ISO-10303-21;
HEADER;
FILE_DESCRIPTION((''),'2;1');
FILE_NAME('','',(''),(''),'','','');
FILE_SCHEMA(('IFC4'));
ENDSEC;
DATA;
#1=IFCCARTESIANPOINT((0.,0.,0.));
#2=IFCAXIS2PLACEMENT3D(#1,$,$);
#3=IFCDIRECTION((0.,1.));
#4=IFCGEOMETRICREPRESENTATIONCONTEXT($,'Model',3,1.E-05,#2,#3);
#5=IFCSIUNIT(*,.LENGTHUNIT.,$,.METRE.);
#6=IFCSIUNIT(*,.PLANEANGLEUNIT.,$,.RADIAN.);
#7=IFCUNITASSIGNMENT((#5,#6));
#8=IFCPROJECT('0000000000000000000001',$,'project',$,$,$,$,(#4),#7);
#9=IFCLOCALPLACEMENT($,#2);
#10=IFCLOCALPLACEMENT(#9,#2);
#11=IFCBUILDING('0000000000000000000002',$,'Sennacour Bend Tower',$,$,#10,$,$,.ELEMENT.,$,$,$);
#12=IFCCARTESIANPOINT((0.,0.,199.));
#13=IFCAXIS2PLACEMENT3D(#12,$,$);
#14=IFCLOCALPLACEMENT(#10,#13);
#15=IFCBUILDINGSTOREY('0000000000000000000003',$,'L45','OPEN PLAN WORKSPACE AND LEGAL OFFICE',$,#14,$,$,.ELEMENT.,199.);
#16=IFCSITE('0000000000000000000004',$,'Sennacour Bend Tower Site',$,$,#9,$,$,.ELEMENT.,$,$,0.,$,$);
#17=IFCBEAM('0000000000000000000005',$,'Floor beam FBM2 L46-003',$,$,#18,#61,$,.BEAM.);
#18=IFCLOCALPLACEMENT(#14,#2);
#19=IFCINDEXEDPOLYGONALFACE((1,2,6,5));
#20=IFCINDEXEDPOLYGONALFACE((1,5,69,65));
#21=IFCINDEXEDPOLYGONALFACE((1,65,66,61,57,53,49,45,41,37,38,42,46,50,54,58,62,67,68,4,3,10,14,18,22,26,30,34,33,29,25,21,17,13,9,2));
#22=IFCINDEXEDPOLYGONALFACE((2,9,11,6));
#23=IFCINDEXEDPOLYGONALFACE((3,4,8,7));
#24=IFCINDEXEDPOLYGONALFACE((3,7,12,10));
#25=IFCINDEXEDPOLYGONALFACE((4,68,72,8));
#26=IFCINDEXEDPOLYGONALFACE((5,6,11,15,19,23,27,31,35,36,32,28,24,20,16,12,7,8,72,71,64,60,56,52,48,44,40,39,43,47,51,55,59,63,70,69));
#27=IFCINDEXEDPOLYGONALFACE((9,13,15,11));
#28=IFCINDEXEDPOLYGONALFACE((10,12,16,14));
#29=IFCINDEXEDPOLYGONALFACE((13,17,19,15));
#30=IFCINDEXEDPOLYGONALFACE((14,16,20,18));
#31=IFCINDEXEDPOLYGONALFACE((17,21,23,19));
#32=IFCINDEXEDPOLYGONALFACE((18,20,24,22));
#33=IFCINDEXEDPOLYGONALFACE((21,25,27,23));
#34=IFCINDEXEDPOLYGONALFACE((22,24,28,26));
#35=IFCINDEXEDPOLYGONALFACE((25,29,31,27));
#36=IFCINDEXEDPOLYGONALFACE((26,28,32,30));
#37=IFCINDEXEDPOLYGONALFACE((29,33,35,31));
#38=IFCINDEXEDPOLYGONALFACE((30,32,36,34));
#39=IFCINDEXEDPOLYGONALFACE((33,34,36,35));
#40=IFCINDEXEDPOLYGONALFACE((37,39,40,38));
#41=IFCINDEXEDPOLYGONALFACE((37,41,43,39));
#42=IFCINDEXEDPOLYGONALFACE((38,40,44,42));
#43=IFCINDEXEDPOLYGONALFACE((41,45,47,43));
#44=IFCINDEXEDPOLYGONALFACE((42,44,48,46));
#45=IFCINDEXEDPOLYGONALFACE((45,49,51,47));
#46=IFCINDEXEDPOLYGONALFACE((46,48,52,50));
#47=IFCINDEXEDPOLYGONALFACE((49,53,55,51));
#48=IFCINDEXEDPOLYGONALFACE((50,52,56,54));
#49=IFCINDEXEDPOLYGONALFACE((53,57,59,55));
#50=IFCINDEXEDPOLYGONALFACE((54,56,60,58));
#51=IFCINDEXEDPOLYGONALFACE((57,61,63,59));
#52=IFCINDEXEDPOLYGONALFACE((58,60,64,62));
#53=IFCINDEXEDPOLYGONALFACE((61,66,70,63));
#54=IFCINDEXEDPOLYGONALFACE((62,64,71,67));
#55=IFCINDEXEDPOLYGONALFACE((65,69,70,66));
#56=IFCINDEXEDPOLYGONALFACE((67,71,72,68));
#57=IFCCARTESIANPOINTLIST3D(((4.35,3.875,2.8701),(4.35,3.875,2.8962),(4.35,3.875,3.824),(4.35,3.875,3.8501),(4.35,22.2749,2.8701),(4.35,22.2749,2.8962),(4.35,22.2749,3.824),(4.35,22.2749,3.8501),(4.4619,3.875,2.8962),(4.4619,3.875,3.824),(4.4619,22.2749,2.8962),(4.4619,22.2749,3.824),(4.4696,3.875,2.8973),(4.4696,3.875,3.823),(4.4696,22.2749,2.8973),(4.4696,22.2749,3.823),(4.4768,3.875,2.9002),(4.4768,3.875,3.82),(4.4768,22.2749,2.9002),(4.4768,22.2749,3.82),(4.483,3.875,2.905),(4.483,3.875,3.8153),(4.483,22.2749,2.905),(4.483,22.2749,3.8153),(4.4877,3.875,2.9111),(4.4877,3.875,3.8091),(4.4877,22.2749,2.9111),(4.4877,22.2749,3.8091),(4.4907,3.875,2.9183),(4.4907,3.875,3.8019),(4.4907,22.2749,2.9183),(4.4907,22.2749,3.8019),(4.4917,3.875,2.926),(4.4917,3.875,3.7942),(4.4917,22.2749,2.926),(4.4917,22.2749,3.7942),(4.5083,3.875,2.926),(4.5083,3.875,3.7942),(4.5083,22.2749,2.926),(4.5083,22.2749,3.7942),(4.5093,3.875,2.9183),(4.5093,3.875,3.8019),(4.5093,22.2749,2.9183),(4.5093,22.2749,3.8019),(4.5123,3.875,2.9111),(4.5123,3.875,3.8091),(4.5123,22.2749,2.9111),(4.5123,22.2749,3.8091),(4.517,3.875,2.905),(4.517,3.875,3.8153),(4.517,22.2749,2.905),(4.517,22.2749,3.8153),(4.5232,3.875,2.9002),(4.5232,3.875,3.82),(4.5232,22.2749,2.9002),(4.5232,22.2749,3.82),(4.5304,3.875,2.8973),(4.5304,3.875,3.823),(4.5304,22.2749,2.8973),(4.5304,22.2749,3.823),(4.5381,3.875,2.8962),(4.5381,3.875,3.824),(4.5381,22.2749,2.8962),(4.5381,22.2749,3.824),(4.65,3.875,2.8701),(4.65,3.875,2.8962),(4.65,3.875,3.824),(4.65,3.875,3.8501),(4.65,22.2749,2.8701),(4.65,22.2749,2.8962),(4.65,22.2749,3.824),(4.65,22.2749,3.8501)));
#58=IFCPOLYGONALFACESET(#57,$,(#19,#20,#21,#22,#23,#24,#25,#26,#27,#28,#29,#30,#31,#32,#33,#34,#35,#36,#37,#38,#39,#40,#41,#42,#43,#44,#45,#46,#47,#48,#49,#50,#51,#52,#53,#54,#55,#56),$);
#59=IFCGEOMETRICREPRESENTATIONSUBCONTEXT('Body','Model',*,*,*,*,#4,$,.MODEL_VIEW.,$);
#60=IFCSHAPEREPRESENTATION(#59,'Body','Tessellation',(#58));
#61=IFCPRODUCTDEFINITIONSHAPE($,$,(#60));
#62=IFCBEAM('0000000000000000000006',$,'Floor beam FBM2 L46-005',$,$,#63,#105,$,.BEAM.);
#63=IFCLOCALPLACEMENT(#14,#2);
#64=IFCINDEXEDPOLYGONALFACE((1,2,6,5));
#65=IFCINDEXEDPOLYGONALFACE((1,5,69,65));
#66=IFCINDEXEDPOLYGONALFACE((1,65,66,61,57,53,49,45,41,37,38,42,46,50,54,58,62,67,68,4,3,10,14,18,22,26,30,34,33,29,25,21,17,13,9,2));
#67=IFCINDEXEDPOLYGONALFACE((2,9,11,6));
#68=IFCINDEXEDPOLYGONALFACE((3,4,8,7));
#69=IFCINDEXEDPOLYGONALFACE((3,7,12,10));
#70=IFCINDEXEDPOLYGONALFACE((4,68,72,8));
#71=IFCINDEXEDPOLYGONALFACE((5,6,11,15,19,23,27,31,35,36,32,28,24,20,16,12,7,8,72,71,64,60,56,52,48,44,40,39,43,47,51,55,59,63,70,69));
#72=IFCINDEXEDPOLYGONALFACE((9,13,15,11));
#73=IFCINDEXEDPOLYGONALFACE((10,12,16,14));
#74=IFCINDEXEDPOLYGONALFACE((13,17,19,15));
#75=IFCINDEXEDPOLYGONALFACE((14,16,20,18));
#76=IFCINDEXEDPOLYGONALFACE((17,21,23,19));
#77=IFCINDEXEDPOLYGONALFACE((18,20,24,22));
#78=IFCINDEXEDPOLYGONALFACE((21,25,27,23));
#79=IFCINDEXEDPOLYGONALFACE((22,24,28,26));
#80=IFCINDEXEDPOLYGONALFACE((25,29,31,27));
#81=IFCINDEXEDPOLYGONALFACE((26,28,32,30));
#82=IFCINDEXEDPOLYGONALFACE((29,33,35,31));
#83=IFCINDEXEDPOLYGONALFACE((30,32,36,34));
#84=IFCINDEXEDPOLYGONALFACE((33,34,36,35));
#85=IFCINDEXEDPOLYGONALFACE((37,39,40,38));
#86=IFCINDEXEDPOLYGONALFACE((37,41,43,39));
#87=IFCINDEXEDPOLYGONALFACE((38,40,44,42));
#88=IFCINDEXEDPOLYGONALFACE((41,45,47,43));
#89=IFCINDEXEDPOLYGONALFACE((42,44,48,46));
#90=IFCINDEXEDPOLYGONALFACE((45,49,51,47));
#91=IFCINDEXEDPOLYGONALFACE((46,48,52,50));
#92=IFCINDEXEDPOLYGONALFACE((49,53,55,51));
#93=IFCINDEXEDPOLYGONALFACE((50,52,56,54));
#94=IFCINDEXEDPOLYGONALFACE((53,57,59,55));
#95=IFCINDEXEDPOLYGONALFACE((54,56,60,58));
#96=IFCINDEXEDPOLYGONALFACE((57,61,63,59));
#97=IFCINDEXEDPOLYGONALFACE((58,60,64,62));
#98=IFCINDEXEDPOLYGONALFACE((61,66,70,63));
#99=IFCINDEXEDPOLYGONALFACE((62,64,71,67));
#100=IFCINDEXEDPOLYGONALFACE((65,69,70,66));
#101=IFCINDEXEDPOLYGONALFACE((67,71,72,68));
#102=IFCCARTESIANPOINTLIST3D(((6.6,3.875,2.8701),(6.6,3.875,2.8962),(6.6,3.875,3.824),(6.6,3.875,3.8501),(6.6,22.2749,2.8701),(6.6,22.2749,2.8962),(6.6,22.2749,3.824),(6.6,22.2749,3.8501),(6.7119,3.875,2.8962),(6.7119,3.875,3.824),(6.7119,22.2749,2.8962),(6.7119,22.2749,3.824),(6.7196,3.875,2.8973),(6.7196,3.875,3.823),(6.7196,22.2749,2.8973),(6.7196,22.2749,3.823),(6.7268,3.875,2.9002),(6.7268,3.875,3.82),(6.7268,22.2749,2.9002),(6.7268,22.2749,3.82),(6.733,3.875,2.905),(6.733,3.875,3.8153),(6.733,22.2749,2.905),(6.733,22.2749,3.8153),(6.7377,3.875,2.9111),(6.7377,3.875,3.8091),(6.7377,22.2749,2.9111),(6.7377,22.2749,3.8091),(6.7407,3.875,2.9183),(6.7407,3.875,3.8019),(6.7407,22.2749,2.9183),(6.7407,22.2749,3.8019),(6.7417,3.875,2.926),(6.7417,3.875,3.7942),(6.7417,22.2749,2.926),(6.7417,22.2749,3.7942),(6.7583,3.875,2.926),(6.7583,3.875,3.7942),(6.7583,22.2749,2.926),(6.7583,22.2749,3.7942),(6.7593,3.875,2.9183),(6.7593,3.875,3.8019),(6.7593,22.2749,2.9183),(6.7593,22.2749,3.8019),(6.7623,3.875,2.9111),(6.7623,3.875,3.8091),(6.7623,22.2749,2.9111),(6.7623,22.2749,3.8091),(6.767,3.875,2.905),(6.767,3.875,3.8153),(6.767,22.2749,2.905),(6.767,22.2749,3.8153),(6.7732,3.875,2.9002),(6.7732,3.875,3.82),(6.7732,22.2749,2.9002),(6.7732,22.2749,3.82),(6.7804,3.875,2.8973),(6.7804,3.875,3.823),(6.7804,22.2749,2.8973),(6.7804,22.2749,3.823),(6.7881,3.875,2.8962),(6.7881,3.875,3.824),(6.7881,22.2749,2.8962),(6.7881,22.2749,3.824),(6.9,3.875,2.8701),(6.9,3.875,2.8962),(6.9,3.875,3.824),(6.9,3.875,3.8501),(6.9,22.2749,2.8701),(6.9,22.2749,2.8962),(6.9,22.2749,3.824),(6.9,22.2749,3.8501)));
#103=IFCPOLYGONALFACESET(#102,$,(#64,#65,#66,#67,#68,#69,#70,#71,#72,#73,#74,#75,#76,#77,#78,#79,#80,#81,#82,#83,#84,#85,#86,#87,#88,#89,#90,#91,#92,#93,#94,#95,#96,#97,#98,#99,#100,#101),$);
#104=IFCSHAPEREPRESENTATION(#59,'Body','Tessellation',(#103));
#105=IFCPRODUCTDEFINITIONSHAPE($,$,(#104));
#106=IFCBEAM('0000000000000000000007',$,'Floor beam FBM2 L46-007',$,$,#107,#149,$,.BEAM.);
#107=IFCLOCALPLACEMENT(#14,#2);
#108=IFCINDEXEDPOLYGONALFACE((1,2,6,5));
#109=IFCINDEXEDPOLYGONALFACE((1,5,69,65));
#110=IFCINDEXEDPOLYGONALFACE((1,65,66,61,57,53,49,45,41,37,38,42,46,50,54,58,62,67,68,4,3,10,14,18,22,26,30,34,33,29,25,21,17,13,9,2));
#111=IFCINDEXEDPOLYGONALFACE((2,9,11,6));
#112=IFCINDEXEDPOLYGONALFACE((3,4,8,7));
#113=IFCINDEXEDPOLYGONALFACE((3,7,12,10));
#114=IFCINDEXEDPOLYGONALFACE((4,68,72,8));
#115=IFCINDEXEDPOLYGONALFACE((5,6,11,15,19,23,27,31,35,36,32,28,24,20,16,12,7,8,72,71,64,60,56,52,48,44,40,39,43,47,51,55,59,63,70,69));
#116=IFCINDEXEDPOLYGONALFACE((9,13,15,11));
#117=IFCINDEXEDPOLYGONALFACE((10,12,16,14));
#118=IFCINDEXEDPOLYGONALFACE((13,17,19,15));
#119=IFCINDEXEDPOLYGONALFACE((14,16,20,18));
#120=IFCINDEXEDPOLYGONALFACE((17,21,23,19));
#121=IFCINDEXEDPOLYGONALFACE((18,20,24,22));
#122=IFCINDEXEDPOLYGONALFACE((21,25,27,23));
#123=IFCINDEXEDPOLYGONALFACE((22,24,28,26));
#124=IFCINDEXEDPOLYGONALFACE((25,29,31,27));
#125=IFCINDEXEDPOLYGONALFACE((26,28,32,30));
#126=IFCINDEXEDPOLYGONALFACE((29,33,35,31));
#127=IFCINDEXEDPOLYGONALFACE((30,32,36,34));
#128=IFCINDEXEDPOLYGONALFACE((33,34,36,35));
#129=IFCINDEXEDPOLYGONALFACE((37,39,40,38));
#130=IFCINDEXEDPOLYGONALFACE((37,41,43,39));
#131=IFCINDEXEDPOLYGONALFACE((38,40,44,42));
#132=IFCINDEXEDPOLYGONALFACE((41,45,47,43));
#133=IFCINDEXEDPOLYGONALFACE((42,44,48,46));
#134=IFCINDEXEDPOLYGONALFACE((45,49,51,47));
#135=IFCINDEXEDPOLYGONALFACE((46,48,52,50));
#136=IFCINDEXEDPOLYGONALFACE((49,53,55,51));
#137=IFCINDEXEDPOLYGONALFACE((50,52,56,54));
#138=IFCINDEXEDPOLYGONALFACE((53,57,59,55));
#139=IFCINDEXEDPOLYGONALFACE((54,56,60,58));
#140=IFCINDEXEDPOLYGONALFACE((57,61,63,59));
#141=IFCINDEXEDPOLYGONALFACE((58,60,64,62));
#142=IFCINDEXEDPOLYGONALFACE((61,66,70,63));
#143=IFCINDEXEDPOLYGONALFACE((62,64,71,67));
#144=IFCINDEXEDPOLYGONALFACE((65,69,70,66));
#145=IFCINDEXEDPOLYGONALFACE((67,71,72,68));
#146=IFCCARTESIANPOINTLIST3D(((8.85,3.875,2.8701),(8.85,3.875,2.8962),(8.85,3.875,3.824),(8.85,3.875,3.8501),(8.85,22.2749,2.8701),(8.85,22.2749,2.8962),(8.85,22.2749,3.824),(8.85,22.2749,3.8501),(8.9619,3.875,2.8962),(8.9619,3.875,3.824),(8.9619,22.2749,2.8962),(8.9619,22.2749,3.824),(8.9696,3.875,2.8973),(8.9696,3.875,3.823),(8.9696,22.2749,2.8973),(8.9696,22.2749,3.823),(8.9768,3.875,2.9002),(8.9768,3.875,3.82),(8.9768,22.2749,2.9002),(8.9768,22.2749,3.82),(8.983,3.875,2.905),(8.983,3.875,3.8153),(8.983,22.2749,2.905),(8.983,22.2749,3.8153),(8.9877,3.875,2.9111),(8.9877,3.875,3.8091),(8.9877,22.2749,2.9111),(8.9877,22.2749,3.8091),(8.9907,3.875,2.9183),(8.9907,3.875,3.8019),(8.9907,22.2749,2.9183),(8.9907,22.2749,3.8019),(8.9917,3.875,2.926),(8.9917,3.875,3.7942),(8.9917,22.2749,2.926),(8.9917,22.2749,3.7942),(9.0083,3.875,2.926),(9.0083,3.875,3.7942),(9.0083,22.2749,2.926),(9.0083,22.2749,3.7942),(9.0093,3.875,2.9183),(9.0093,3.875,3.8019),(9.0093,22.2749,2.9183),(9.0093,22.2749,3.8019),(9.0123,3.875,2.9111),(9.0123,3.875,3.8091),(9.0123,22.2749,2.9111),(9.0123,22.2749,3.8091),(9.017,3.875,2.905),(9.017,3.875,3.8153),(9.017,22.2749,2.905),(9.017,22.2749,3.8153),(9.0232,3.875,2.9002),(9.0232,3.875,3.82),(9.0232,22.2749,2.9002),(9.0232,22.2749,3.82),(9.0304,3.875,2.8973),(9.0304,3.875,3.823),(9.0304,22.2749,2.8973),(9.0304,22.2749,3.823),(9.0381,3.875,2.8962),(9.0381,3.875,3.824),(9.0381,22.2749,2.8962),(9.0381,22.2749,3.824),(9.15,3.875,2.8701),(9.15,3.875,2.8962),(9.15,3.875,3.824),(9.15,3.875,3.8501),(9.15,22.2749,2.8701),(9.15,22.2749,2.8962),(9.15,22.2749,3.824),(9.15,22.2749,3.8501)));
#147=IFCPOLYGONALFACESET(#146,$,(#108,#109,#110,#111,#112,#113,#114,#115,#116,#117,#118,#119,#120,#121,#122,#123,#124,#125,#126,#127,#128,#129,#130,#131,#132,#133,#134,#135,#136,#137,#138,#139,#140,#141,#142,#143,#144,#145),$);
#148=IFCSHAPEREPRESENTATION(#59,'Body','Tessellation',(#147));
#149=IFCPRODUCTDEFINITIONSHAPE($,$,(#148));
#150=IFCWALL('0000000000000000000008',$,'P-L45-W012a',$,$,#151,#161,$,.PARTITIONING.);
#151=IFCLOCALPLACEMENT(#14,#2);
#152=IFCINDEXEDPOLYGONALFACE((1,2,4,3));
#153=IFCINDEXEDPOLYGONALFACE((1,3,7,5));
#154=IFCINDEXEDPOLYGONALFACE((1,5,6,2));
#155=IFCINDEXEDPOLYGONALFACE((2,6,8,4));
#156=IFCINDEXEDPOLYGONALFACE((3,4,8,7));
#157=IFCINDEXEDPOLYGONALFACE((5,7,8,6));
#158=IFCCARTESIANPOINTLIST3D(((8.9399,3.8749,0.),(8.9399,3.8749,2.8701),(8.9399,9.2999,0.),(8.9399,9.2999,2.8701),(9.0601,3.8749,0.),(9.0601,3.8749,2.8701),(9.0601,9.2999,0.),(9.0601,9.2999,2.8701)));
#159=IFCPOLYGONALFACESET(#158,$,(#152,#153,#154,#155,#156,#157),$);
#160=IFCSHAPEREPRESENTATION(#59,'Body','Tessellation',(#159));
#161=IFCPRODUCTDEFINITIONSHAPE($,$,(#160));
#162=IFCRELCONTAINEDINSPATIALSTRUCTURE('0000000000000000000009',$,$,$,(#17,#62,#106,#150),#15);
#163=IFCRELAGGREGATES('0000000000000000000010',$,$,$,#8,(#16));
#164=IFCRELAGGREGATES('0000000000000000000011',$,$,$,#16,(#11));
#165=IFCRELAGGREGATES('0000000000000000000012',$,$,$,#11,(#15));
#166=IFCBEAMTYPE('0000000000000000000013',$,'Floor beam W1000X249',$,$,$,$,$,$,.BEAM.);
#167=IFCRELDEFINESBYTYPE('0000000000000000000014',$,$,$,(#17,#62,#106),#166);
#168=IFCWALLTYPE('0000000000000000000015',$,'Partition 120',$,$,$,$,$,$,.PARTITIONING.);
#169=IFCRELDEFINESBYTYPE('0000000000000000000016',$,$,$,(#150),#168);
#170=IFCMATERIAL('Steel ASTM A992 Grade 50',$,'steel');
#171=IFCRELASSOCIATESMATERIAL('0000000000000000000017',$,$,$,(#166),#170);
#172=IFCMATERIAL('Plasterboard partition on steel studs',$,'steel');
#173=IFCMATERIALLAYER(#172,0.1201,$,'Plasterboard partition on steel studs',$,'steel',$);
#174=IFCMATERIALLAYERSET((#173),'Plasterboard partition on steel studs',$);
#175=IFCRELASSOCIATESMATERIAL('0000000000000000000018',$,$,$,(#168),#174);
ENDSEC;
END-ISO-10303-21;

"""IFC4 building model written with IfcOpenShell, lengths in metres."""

from ifc_helpers import new_model, si_unit, direction, frame, frame_2d, origin, origin_2d, place, context, subcontext, project, spatial, rectangle, i_section, extrude, material, layer, layer_set, material_profile, profile_set, type_object, element, save


model = new_model("IFC4")

# Units and contexts
model_context = context("Model", 3, precision=1e-05, world=origin(), true_north=direction((0.0, 1.0)))
body_context = subcontext(model_context, "Body", "Model", "MODEL_VIEW")
ifc_project = project(units=[si_unit("LENGTHUNIT", "METRE"), si_unit("PLANEANGLEUNIT", "RADIAN")], contexts=[model_context])

# Site, building, storey
site_placement = place(None, origin())
site = spatial("IfcSite", under=ifc_project, at=site_placement, Name="Sennacour Bend Tower Site", CompositionType="ELEMENT", RefElevation=0.0)
building_placement = place(site_placement, origin())
building = spatial("IfcBuilding", under=site, at=building_placement, Name="Sennacour Bend Tower", CompositionType="ELEMENT")
storey_placement = place(building_placement, frame((0.0, 0.0, 199.0)))
storey = spatial("IfcBuildingStorey", under=building, at=storey_placement, Name="L45", Description="OPEN PLAN WORKSPACE AND LEGAL OFFICE", CompositionType="ELEMENT", Elevation=199.0)

# Beams
ifc_material_1 = material(Name="Steel ASTM A992 Grade 50", Category="steel")
ifc_material_profile = material_profile(ifc_material_1, i_section(OverallWidth=0.3, OverallDepth=0.98, WebThickness=0.0166, FlangeThickness=0.0261, FilletRadius=0.0298, at=origin_2d()), Name="Steel ASTM A992 Grade 50", Category="steel")
ifc_profile_set = profile_set([ifc_material_profile], Name="Steel ASTM A992 Grade 50")
beam_type = type_object("IfcBeamType", Name="Floor beam W1000X249", PredefinedType="BEAM", material=ifc_profile_set)
for number, where, z_axis, x_axis, name in (
    (1, (4.5, 3.875, 3.3601), (0.0, 1.0, 0.0), (-1.0, 0.0, 0.0), "Floor beam FBM2 L46-003"),
    (2, (6.75, 3.875, 3.3601), (0.0, 1.0, 0.0), (-1.0, 0.0, 0.0), "Floor beam FBM2 L46-005"),
    (3, (9.0, 3.875, 3.3601), (0.0, 1.0, 0.0), (-1.0, 0.0, 0.0), "Floor beam FBM2 L46-007"),
):
    element("IfcBeam", number, at=place(storey_placement, frame(where, z_axis=z_axis, x_axis=x_axis)), inside=storey, type_object=beam_type, Name=name, PredefinedType="BEAM", context=body_context, shape_type="SweptSolid", body=[
        extrude(i_section(OverallWidth=0.3, OverallDepth=0.98, WebThickness=0.0166, FlangeThickness=0.0261, FilletRadius=0.0298, at=origin_2d()), origin(), (0.0, 0.0, 1.0), 18.3999),
    ])

# Wall
ifc_material_2 = material(Name="Plasterboard partition on steel studs", Category="steel")
ifc_layer_1 = layer(ifc_material_2, 0.1201, Name="Plasterboard partition on steel studs", Category="steel")
ifc_layer_set_1 = layer_set([ifc_layer_1], Name="Plasterboard partition on steel studs")
wall_type_1 = type_object("IfcWallType", Name="Partition 120", PredefinedType="PARTITIONING", material=ifc_layer_set_1)
wall_1_placement = place(storey_placement, frame((9.0, 3.875, 0.0), z_axis=(0.0, 0.0, 1.0), x_axis=(0.0, 1.0, 0.0)))
element("IfcWall", 4, at=wall_1_placement, inside=storey, type_object=wall_type_1, Name="P-L45-W012a", PredefinedType="PARTITIONING", context=body_context, shape_type="SweptSolid", body=[
    extrude(rectangle(XDim=5.425, YDim=0.1201, at=frame_2d((2.7124, 0.0))), origin(), (0.0, 0.0, 1.0), 2.8701),
])

save(model, "model.ifc")
